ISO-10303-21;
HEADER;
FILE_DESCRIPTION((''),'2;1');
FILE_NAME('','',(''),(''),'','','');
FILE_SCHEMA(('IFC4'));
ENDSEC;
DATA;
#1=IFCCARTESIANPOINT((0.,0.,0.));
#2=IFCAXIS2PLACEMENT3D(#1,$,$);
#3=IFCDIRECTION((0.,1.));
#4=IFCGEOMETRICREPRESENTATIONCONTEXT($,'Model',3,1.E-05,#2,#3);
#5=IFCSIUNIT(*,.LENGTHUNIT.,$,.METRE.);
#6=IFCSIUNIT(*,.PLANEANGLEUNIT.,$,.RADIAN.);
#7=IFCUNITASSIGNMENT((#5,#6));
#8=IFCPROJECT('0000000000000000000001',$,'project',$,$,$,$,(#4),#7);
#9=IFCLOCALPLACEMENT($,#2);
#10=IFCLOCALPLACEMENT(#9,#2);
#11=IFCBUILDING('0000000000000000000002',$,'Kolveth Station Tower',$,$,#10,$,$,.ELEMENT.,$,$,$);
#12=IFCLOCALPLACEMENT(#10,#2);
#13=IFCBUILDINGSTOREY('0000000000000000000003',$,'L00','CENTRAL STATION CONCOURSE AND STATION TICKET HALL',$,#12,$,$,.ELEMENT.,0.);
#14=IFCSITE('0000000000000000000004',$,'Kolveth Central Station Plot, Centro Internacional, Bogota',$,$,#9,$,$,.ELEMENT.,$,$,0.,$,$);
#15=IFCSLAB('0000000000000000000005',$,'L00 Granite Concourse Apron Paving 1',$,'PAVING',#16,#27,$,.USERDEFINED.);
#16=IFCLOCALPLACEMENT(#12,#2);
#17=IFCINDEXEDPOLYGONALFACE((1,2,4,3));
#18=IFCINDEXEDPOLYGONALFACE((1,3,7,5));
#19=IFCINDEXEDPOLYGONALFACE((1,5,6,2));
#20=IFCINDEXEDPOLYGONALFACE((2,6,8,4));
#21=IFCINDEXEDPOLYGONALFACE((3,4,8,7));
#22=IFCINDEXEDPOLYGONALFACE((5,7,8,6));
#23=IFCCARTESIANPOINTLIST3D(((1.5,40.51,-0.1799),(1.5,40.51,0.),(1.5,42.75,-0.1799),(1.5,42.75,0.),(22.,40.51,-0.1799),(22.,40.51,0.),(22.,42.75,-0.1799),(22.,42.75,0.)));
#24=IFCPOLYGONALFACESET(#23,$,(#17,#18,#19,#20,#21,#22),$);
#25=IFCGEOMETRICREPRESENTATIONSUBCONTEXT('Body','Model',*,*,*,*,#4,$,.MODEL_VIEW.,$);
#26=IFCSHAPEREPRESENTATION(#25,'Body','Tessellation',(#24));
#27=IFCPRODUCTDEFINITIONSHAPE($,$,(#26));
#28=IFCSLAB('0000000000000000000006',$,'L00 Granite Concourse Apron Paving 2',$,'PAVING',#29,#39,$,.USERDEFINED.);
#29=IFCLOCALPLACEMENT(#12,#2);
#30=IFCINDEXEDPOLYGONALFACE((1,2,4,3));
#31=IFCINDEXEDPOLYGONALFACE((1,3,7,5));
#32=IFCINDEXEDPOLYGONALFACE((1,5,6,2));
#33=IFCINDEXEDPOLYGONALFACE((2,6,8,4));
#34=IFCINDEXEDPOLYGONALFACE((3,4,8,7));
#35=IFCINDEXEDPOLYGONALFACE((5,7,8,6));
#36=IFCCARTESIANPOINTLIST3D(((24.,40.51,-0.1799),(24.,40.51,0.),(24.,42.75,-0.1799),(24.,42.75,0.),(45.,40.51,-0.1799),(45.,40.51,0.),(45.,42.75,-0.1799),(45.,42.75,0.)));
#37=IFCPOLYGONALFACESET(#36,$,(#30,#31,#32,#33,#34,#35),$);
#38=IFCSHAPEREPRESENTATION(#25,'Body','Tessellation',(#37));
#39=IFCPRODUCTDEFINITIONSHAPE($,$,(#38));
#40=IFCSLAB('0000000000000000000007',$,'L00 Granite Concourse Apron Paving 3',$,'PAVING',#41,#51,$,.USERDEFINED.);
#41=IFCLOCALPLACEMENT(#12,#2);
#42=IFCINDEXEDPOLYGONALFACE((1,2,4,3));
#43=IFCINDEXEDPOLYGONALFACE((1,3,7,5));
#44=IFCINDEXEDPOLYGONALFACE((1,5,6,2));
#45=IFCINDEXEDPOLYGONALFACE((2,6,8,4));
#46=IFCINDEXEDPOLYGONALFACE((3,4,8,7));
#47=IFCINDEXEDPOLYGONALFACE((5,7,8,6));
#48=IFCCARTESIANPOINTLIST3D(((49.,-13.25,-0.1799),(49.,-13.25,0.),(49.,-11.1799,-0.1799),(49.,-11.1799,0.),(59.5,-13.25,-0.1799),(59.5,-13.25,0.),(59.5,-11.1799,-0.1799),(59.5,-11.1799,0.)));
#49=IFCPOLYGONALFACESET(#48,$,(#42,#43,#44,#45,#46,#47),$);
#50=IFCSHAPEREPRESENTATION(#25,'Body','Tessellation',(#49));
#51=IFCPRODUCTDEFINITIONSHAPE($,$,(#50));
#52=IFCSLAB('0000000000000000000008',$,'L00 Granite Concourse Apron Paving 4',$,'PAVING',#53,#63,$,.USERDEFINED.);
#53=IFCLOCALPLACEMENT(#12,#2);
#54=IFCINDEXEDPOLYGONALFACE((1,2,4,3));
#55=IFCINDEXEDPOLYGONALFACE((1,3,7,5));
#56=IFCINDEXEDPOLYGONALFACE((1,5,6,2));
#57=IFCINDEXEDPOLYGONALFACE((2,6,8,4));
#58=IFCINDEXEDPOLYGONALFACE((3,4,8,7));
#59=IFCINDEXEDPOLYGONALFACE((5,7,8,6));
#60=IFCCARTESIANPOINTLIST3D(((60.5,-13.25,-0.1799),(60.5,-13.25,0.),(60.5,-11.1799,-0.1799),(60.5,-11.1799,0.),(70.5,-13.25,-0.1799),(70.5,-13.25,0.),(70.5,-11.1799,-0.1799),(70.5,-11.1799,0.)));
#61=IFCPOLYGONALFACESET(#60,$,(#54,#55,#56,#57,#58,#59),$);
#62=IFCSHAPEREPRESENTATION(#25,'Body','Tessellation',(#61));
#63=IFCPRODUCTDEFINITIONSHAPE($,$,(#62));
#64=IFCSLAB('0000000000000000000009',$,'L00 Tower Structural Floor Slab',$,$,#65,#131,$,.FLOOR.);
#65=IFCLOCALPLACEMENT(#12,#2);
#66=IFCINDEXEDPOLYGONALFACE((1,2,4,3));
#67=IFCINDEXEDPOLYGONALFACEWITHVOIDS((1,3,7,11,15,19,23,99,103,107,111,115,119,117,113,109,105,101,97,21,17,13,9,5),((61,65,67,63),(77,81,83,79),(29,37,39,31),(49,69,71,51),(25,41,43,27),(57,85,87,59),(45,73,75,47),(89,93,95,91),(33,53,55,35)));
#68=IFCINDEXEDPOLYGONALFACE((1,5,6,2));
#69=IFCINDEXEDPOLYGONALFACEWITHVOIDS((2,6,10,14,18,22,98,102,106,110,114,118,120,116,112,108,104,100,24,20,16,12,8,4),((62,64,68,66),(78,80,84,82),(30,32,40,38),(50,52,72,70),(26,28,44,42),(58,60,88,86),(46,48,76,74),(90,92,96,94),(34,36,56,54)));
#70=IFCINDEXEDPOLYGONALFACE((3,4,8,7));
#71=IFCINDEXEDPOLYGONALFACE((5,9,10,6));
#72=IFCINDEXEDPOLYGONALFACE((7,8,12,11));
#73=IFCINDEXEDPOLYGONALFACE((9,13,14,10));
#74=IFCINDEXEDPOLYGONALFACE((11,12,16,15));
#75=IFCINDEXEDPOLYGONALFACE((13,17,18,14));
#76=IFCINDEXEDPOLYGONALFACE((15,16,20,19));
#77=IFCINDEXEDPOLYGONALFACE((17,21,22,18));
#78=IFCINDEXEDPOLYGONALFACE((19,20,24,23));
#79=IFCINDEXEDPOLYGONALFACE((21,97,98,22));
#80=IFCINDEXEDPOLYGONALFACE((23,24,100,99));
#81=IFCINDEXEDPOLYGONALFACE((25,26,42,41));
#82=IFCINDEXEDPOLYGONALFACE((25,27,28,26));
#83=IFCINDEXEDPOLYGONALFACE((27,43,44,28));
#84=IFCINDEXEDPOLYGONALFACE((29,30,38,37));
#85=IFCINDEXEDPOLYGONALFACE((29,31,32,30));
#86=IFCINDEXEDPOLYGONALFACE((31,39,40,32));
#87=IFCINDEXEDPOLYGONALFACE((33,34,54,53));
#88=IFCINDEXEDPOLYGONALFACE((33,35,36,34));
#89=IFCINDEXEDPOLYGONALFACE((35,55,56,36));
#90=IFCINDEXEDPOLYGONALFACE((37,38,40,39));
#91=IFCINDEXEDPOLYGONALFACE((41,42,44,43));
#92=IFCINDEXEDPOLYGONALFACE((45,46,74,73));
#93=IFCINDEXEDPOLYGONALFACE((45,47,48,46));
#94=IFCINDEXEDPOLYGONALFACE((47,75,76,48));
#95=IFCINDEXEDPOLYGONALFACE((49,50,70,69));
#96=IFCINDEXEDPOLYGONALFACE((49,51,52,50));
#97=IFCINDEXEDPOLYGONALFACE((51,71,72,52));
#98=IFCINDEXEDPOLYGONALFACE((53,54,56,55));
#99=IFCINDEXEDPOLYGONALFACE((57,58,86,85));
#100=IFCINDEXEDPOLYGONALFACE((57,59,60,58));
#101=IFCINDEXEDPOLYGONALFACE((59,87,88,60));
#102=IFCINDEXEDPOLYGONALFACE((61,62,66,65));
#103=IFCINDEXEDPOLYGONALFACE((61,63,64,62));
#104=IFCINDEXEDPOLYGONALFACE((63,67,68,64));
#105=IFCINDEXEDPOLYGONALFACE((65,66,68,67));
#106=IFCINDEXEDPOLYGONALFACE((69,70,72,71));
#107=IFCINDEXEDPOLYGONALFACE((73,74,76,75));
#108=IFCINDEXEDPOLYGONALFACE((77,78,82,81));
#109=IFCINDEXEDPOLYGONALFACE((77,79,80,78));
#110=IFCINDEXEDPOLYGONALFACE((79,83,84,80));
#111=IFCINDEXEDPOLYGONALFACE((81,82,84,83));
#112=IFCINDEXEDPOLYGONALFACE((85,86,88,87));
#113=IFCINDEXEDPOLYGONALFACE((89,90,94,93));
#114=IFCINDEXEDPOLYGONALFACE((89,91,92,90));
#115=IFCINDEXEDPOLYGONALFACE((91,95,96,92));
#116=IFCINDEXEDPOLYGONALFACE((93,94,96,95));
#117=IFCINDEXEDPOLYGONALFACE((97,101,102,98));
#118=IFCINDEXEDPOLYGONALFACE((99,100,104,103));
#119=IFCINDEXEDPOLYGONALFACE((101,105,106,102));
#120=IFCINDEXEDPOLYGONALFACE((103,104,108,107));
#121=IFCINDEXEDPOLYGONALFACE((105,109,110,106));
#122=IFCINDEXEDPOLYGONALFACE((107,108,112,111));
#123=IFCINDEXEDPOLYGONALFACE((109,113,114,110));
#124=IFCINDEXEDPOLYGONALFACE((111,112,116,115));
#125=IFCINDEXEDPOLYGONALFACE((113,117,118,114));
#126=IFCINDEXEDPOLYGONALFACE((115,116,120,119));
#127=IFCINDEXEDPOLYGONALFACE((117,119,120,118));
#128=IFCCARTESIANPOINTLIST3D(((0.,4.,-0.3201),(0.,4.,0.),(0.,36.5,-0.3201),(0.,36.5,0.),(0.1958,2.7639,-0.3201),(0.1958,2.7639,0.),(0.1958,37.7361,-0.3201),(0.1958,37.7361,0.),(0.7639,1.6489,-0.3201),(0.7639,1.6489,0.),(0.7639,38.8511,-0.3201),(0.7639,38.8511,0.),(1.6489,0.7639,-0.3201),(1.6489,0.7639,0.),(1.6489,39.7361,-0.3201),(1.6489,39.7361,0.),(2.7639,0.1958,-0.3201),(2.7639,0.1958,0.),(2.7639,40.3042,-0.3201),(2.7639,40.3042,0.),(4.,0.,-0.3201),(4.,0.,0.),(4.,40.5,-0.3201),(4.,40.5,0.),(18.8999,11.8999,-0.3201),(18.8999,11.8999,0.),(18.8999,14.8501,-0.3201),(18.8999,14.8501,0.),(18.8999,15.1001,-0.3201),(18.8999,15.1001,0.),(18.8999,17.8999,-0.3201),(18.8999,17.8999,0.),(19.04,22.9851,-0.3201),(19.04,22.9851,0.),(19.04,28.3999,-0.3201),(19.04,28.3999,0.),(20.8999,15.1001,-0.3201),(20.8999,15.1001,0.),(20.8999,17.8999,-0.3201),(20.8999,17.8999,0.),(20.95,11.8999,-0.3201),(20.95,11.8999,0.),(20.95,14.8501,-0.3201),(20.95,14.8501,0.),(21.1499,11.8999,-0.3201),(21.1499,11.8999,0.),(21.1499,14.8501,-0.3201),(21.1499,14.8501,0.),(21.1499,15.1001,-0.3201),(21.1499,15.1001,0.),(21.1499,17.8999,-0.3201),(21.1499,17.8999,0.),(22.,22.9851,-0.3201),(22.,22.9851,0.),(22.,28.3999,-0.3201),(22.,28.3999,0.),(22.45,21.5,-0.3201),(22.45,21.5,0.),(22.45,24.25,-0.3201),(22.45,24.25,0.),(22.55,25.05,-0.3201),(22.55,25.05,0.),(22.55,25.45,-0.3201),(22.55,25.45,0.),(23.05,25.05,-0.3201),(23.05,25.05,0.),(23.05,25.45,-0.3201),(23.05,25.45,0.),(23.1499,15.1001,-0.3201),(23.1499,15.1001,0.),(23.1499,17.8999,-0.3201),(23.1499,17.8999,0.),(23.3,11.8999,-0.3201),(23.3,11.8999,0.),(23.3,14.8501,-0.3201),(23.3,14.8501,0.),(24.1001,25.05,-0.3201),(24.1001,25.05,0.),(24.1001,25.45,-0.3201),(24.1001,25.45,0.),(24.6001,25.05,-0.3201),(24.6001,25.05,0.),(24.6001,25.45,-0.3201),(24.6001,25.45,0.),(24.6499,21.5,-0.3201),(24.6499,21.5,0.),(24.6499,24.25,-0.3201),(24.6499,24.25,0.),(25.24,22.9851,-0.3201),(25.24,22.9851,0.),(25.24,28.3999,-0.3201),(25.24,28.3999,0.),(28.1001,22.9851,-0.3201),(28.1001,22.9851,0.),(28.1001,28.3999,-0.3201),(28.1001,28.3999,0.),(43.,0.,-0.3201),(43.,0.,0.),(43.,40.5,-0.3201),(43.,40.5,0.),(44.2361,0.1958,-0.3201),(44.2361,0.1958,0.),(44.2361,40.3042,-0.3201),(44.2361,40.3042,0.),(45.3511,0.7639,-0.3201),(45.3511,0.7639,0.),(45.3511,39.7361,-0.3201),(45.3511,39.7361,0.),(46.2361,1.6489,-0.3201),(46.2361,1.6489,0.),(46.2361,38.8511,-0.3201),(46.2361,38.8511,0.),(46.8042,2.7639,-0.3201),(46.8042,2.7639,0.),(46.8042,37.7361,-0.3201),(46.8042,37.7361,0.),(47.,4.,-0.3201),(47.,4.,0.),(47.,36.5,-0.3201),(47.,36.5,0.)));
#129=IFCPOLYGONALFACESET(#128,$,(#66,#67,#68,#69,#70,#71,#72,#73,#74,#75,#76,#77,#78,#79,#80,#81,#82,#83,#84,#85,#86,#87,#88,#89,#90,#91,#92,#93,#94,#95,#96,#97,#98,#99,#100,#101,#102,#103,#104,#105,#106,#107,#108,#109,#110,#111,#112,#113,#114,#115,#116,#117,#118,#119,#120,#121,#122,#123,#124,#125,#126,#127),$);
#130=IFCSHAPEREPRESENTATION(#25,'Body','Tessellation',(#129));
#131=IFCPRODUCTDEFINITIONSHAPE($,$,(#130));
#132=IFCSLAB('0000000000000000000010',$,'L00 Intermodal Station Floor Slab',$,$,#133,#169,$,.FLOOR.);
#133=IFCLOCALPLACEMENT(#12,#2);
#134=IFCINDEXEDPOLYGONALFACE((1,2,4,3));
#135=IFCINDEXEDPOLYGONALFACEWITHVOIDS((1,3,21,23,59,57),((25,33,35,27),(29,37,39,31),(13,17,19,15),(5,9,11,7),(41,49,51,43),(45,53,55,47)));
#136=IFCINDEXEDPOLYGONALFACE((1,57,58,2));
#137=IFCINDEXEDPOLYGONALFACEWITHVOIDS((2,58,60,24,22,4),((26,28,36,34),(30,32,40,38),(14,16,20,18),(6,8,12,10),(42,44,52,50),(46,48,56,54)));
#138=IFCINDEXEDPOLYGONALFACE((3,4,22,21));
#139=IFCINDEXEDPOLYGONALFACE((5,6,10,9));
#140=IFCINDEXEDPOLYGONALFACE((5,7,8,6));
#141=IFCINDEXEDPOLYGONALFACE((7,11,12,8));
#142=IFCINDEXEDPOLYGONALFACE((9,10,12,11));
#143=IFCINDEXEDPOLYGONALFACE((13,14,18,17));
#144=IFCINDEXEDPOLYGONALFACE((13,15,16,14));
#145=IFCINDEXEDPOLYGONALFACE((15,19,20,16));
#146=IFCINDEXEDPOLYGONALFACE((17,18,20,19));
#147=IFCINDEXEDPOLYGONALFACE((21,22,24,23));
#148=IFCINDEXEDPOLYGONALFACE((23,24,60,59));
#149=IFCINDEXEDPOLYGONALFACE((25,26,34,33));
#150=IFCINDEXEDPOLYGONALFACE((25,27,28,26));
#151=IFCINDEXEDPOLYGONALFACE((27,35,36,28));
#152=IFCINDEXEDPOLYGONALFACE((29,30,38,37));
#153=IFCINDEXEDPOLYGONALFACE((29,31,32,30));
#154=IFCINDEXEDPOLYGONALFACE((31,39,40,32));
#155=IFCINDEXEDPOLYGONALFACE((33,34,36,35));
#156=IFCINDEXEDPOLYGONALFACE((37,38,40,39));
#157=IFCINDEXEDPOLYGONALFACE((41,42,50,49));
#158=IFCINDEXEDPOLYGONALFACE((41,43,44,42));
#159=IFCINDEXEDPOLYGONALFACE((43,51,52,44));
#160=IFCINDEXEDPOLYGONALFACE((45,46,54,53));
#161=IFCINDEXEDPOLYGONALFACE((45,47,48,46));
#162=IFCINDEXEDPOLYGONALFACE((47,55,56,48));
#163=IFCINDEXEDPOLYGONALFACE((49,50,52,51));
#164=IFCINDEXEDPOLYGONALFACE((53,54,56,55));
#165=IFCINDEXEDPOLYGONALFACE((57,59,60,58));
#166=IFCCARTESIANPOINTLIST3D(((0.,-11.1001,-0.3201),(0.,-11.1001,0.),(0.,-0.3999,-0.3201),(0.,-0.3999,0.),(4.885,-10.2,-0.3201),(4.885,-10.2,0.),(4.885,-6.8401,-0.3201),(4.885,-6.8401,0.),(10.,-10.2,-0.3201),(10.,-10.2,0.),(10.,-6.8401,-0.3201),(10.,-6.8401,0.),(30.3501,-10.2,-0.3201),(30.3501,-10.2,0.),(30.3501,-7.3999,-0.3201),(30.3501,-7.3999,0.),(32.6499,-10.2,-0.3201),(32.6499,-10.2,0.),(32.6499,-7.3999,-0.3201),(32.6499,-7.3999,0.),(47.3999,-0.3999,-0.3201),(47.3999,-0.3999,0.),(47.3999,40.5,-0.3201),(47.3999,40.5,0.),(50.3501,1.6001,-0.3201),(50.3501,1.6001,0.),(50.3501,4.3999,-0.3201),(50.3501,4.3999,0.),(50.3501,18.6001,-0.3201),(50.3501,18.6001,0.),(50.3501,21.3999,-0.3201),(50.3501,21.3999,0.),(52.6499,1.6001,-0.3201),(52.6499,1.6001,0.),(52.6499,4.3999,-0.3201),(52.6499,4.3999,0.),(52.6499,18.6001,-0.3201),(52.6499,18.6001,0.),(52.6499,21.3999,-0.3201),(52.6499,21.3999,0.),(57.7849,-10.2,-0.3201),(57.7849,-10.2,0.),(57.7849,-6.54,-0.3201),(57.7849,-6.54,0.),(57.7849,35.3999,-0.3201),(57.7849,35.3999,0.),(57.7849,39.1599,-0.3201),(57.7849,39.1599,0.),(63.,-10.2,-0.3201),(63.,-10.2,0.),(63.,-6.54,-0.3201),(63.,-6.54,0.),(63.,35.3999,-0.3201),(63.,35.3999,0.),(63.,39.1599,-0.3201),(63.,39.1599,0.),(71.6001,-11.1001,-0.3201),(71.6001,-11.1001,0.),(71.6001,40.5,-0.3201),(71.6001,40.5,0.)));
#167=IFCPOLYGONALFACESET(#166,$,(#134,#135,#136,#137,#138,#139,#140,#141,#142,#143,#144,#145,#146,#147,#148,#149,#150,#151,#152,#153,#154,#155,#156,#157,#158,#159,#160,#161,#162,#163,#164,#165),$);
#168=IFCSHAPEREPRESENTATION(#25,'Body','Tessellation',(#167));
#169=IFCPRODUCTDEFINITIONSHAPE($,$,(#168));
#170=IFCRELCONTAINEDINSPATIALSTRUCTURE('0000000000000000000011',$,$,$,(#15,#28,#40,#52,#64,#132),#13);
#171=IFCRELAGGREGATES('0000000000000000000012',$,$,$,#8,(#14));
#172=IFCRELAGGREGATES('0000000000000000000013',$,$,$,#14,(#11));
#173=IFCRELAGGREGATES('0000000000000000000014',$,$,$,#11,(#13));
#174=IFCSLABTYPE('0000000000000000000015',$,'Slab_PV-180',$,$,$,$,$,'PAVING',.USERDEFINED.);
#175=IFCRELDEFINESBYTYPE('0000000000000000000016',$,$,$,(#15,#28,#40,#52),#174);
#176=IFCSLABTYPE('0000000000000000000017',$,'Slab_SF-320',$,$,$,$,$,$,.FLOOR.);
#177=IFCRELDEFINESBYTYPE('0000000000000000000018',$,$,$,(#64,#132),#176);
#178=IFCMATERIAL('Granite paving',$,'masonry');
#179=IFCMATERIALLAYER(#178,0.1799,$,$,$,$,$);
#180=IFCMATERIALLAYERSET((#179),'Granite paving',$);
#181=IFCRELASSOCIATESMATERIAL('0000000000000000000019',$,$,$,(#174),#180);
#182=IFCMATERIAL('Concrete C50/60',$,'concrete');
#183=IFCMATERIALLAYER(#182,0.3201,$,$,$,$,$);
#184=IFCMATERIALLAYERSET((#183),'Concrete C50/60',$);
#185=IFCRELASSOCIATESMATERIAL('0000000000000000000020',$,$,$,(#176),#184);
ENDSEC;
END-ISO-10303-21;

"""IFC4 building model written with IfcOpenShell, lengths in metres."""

from ifc_helpers import new_model, si_unit, direction, frame, origin, place, context, subcontext, project, spatial, polyline, outline, extrude, material, layer, layer_set, type_object, element, save


model = new_model("IFC4")

# Units and contexts
model_context = context("Model", 3, precision=1e-05, world=origin(), true_north=direction((0.0, 1.0)))
body_context = subcontext(model_context, "Body", "Model", "MODEL_VIEW")
ifc_project = project(units=[si_unit("LENGTHUNIT", "METRE"), si_unit("PLANEANGLEUNIT", "RADIAN")], contexts=[model_context])

# Site, building, storey
site_placement = place(None, origin())
site = spatial("IfcSite", under=ifc_project, at=site_placement, Name="Kolveth Central Station Plot, Centro Internacional, Bogota", CompositionType="ELEMENT", RefElevation=0.0)
building_placement = place(site_placement, origin())
building = spatial("IfcBuilding", under=site, at=building_placement, Name="Kolveth Station Tower", CompositionType="ELEMENT")
storey_placement = place(building_placement, origin())
storey = spatial("IfcBuildingStorey", under=building, at=storey_placement, Name="L00", Description="CENTRAL STATION CONCOURSE AND STATION TICKET HALL", CompositionType="ELEMENT", Elevation=0.0)

# Slabs
ifc_material_1 = material(Name="Granite paving", Category="masonry")
ifc_layer_1 = layer(ifc_material_1, 0.1799)
ifc_layer_set_1 = layer_set([ifc_layer_1], Name="Granite paving")
slab_type_1 = type_object("IfcSlabType", Name="Slab_PV-180", ElementType="PAVING", PredefinedType="USERDEFINED", material=ifc_layer_set_1)
slab_1_placement = place(storey_placement, frame((0.0, 0.0, -0.1799)))
element("IfcSlab", 1, at=slab_1_placement, inside=storey, type_object=slab_type_1, Name="L00 Granite Concourse Apron Paving 1", ObjectType="PAVING", PredefinedType="USERDEFINED", context=body_context, shape_type="SweptSolid", body=[
    extrude(outline(polyline([(1.5, 40.51), (22.0, 40.51), (22.0, 42.75), (1.5, 42.75), (1.5, 40.51)])), origin(), (0.0, 0.0, 1.0), 0.1799),
])
slab_2_placement = place(storey_placement, frame((0.0, 0.0, -0.1799)))
element("IfcSlab", 2, at=slab_2_placement, inside=storey, type_object=slab_type_1, Name="L00 Granite Concourse Apron Paving 2", ObjectType="PAVING", PredefinedType="USERDEFINED", context=body_context, shape_type="SweptSolid", body=[
    extrude(outline(polyline([(24.0, 40.51), (45.0, 40.51), (45.0, 42.75), (24.0, 42.75), (24.0, 40.51)])), origin(), (0.0, 0.0, 1.0), 0.1799),
])
slab_3_placement = place(storey_placement, frame((0.0, 0.0, -0.1799)))
element("IfcSlab", 3, at=slab_3_placement, inside=storey, type_object=slab_type_1, Name="L00 Granite Concourse Apron Paving 3", ObjectType="PAVING", PredefinedType="USERDEFINED", context=body_context, shape_type="SweptSolid", body=[
    extrude(outline(polyline([(49.0, -13.25), (59.5, -13.25), (59.5, -11.1799), (49.0, -11.1799), (49.0, -13.25)])), origin(), (0.0, 0.0, 1.0), 0.1799),
])
slab_4_placement = place(storey_placement, frame((0.0, 0.0, -0.1799)))
element("IfcSlab", 4, at=slab_4_placement, inside=storey, type_object=slab_type_1, Name="L00 Granite Concourse Apron Paving 4", ObjectType="PAVING", PredefinedType="USERDEFINED", context=body_context, shape_type="SweptSolid", body=[
    extrude(outline(polyline([(60.5, -13.25), (70.5, -13.25), (70.5, -11.1799), (60.5, -11.1799), (60.5, -13.25)])), origin(), (0.0, 0.0, 1.0), 0.1799),
])
ifc_material_2 = material(Name="Concrete C50/60", Category="concrete")
ifc_layer_2 = layer(ifc_material_2, 0.3201)
ifc_layer_set_2 = layer_set([ifc_layer_2], Name="Concrete C50/60")
slab_type_2 = type_object("IfcSlabType", Name="Slab_SF-320", PredefinedType="FLOOR", material=ifc_layer_set_2)
slab_5_placement = place(storey_placement, frame((0.0, 0.0, -0.3201)))
element("IfcSlab", 5, at=slab_5_placement, inside=storey, type_object=slab_type_2, Name="L00 Tower Structural Floor Slab", PredefinedType="FLOOR", context=body_context, shape_type="SweptSolid", body=[
    extrude(outline(polyline([(43.0, 0.0), (44.2361, 0.1958), (45.3511, 0.7639), (46.2361, 1.6489), (46.8042, 2.7639), (47.0, 4.0), (47.0, 36.5), (46.8042, 37.7361), (46.2361, 38.8511), (45.3511, 39.7361), (44.2361, 40.3042), (43.0, 40.5), (4.0, 40.5), (2.7639, 40.3042), (1.6489, 39.7361), (0.7639, 38.8511), (0.1958, 37.7361), (0.0, 36.5), (0.0, 4.0), (0.1958, 2.7639), (0.7639, 1.6489), (1.6489, 0.7639), (2.7639, 0.1958), (4.0, 0.0), (43.0, 0.0)]), holes=[polyline([(19.04, 22.9851), (22.0, 22.9851), (22.0, 28.3999), (19.04, 28.3999), (19.04, 22.9851)]), polyline([(25.24, 22.9851), (28.1001, 22.9851), (28.1001, 28.3999), (25.24, 28.3999), (25.24, 22.9851)]), polyline([(18.8999, 15.1001), (20.8999, 15.1001), (20.8999, 17.8999), (18.8999, 17.8999), (18.8999, 15.1001)]), polyline([(21.1499, 15.1001), (23.1499, 15.1001), (23.1499, 17.8999), (21.1499, 17.8999), (21.1499, 15.1001)]), polyline([(22.45, 21.5), (24.6499, 21.5), (24.6499, 24.25), (22.45, 24.25), (22.45, 21.5)]), polyline([(18.8999, 11.8999), (20.95, 11.8999), (20.95, 14.8501), (18.8999, 14.8501), (18.8999, 11.8999)]), polyline([(21.1499, 11.8999), (23.3, 11.8999), (23.3, 14.8501), (21.1499, 14.8501), (21.1499, 11.8999)]), polyline([(22.55, 25.05), (23.05, 25.05), (23.05, 25.45), (22.55, 25.45), (22.55, 25.05)]), polyline([(24.1001, 25.05), (24.6001, 25.05), (24.6001, 25.45), (24.1001, 25.45), (24.1001, 25.05)])]), origin(), (0.0, 0.0, 1.0), 0.3201),
])
slab_6_placement = place(storey_placement, frame((0.0, 0.0, -0.3201)))
element("IfcSlab", 6, at=slab_6_placement, inside=storey, type_object=slab_type_2, Name="L00 Intermodal Station Floor Slab", PredefinedType="FLOOR", context=body_context, shape_type="SweptSolid", body=[
    extrude(outline(polyline([(0.0, -11.1001), (71.6001, -11.1001), (71.6001, 40.5), (47.3999, 40.5), (47.3999, -0.3999), (0.0, -0.3999), (0.0, -11.1001)]), holes=[polyline([(57.7849, 35.3999), (63.0, 35.3999), (63.0, 39.1599), (57.7849, 39.1599), (57.7849, 35.3999)]), polyline([(57.7849, -10.2), (63.0, -10.2), (63.0, -6.54), (57.7849, -6.54), (57.7849, -10.2)]), polyline([(4.885, -10.2), (10.0, -10.2), (10.0, -6.8401), (4.885, -6.8401), (4.885, -10.2)]), polyline([(50.3501, 1.6001), (52.6499, 1.6001), (52.6499, 4.3999), (50.3501, 4.3999), (50.3501, 1.6001)]), polyline([(50.3501, 18.6001), (52.6499, 18.6001), (52.6499, 21.3999), (50.3501, 21.3999), (50.3501, 18.6001)]), polyline([(30.3501, -10.2), (32.6499, -10.2), (32.6499, -7.3999), (30.3501, -7.3999), (30.3501, -10.2)])]), origin(), (0.0, 0.0, 1.0), 0.3201),
])

save(model, "model.ifc")
